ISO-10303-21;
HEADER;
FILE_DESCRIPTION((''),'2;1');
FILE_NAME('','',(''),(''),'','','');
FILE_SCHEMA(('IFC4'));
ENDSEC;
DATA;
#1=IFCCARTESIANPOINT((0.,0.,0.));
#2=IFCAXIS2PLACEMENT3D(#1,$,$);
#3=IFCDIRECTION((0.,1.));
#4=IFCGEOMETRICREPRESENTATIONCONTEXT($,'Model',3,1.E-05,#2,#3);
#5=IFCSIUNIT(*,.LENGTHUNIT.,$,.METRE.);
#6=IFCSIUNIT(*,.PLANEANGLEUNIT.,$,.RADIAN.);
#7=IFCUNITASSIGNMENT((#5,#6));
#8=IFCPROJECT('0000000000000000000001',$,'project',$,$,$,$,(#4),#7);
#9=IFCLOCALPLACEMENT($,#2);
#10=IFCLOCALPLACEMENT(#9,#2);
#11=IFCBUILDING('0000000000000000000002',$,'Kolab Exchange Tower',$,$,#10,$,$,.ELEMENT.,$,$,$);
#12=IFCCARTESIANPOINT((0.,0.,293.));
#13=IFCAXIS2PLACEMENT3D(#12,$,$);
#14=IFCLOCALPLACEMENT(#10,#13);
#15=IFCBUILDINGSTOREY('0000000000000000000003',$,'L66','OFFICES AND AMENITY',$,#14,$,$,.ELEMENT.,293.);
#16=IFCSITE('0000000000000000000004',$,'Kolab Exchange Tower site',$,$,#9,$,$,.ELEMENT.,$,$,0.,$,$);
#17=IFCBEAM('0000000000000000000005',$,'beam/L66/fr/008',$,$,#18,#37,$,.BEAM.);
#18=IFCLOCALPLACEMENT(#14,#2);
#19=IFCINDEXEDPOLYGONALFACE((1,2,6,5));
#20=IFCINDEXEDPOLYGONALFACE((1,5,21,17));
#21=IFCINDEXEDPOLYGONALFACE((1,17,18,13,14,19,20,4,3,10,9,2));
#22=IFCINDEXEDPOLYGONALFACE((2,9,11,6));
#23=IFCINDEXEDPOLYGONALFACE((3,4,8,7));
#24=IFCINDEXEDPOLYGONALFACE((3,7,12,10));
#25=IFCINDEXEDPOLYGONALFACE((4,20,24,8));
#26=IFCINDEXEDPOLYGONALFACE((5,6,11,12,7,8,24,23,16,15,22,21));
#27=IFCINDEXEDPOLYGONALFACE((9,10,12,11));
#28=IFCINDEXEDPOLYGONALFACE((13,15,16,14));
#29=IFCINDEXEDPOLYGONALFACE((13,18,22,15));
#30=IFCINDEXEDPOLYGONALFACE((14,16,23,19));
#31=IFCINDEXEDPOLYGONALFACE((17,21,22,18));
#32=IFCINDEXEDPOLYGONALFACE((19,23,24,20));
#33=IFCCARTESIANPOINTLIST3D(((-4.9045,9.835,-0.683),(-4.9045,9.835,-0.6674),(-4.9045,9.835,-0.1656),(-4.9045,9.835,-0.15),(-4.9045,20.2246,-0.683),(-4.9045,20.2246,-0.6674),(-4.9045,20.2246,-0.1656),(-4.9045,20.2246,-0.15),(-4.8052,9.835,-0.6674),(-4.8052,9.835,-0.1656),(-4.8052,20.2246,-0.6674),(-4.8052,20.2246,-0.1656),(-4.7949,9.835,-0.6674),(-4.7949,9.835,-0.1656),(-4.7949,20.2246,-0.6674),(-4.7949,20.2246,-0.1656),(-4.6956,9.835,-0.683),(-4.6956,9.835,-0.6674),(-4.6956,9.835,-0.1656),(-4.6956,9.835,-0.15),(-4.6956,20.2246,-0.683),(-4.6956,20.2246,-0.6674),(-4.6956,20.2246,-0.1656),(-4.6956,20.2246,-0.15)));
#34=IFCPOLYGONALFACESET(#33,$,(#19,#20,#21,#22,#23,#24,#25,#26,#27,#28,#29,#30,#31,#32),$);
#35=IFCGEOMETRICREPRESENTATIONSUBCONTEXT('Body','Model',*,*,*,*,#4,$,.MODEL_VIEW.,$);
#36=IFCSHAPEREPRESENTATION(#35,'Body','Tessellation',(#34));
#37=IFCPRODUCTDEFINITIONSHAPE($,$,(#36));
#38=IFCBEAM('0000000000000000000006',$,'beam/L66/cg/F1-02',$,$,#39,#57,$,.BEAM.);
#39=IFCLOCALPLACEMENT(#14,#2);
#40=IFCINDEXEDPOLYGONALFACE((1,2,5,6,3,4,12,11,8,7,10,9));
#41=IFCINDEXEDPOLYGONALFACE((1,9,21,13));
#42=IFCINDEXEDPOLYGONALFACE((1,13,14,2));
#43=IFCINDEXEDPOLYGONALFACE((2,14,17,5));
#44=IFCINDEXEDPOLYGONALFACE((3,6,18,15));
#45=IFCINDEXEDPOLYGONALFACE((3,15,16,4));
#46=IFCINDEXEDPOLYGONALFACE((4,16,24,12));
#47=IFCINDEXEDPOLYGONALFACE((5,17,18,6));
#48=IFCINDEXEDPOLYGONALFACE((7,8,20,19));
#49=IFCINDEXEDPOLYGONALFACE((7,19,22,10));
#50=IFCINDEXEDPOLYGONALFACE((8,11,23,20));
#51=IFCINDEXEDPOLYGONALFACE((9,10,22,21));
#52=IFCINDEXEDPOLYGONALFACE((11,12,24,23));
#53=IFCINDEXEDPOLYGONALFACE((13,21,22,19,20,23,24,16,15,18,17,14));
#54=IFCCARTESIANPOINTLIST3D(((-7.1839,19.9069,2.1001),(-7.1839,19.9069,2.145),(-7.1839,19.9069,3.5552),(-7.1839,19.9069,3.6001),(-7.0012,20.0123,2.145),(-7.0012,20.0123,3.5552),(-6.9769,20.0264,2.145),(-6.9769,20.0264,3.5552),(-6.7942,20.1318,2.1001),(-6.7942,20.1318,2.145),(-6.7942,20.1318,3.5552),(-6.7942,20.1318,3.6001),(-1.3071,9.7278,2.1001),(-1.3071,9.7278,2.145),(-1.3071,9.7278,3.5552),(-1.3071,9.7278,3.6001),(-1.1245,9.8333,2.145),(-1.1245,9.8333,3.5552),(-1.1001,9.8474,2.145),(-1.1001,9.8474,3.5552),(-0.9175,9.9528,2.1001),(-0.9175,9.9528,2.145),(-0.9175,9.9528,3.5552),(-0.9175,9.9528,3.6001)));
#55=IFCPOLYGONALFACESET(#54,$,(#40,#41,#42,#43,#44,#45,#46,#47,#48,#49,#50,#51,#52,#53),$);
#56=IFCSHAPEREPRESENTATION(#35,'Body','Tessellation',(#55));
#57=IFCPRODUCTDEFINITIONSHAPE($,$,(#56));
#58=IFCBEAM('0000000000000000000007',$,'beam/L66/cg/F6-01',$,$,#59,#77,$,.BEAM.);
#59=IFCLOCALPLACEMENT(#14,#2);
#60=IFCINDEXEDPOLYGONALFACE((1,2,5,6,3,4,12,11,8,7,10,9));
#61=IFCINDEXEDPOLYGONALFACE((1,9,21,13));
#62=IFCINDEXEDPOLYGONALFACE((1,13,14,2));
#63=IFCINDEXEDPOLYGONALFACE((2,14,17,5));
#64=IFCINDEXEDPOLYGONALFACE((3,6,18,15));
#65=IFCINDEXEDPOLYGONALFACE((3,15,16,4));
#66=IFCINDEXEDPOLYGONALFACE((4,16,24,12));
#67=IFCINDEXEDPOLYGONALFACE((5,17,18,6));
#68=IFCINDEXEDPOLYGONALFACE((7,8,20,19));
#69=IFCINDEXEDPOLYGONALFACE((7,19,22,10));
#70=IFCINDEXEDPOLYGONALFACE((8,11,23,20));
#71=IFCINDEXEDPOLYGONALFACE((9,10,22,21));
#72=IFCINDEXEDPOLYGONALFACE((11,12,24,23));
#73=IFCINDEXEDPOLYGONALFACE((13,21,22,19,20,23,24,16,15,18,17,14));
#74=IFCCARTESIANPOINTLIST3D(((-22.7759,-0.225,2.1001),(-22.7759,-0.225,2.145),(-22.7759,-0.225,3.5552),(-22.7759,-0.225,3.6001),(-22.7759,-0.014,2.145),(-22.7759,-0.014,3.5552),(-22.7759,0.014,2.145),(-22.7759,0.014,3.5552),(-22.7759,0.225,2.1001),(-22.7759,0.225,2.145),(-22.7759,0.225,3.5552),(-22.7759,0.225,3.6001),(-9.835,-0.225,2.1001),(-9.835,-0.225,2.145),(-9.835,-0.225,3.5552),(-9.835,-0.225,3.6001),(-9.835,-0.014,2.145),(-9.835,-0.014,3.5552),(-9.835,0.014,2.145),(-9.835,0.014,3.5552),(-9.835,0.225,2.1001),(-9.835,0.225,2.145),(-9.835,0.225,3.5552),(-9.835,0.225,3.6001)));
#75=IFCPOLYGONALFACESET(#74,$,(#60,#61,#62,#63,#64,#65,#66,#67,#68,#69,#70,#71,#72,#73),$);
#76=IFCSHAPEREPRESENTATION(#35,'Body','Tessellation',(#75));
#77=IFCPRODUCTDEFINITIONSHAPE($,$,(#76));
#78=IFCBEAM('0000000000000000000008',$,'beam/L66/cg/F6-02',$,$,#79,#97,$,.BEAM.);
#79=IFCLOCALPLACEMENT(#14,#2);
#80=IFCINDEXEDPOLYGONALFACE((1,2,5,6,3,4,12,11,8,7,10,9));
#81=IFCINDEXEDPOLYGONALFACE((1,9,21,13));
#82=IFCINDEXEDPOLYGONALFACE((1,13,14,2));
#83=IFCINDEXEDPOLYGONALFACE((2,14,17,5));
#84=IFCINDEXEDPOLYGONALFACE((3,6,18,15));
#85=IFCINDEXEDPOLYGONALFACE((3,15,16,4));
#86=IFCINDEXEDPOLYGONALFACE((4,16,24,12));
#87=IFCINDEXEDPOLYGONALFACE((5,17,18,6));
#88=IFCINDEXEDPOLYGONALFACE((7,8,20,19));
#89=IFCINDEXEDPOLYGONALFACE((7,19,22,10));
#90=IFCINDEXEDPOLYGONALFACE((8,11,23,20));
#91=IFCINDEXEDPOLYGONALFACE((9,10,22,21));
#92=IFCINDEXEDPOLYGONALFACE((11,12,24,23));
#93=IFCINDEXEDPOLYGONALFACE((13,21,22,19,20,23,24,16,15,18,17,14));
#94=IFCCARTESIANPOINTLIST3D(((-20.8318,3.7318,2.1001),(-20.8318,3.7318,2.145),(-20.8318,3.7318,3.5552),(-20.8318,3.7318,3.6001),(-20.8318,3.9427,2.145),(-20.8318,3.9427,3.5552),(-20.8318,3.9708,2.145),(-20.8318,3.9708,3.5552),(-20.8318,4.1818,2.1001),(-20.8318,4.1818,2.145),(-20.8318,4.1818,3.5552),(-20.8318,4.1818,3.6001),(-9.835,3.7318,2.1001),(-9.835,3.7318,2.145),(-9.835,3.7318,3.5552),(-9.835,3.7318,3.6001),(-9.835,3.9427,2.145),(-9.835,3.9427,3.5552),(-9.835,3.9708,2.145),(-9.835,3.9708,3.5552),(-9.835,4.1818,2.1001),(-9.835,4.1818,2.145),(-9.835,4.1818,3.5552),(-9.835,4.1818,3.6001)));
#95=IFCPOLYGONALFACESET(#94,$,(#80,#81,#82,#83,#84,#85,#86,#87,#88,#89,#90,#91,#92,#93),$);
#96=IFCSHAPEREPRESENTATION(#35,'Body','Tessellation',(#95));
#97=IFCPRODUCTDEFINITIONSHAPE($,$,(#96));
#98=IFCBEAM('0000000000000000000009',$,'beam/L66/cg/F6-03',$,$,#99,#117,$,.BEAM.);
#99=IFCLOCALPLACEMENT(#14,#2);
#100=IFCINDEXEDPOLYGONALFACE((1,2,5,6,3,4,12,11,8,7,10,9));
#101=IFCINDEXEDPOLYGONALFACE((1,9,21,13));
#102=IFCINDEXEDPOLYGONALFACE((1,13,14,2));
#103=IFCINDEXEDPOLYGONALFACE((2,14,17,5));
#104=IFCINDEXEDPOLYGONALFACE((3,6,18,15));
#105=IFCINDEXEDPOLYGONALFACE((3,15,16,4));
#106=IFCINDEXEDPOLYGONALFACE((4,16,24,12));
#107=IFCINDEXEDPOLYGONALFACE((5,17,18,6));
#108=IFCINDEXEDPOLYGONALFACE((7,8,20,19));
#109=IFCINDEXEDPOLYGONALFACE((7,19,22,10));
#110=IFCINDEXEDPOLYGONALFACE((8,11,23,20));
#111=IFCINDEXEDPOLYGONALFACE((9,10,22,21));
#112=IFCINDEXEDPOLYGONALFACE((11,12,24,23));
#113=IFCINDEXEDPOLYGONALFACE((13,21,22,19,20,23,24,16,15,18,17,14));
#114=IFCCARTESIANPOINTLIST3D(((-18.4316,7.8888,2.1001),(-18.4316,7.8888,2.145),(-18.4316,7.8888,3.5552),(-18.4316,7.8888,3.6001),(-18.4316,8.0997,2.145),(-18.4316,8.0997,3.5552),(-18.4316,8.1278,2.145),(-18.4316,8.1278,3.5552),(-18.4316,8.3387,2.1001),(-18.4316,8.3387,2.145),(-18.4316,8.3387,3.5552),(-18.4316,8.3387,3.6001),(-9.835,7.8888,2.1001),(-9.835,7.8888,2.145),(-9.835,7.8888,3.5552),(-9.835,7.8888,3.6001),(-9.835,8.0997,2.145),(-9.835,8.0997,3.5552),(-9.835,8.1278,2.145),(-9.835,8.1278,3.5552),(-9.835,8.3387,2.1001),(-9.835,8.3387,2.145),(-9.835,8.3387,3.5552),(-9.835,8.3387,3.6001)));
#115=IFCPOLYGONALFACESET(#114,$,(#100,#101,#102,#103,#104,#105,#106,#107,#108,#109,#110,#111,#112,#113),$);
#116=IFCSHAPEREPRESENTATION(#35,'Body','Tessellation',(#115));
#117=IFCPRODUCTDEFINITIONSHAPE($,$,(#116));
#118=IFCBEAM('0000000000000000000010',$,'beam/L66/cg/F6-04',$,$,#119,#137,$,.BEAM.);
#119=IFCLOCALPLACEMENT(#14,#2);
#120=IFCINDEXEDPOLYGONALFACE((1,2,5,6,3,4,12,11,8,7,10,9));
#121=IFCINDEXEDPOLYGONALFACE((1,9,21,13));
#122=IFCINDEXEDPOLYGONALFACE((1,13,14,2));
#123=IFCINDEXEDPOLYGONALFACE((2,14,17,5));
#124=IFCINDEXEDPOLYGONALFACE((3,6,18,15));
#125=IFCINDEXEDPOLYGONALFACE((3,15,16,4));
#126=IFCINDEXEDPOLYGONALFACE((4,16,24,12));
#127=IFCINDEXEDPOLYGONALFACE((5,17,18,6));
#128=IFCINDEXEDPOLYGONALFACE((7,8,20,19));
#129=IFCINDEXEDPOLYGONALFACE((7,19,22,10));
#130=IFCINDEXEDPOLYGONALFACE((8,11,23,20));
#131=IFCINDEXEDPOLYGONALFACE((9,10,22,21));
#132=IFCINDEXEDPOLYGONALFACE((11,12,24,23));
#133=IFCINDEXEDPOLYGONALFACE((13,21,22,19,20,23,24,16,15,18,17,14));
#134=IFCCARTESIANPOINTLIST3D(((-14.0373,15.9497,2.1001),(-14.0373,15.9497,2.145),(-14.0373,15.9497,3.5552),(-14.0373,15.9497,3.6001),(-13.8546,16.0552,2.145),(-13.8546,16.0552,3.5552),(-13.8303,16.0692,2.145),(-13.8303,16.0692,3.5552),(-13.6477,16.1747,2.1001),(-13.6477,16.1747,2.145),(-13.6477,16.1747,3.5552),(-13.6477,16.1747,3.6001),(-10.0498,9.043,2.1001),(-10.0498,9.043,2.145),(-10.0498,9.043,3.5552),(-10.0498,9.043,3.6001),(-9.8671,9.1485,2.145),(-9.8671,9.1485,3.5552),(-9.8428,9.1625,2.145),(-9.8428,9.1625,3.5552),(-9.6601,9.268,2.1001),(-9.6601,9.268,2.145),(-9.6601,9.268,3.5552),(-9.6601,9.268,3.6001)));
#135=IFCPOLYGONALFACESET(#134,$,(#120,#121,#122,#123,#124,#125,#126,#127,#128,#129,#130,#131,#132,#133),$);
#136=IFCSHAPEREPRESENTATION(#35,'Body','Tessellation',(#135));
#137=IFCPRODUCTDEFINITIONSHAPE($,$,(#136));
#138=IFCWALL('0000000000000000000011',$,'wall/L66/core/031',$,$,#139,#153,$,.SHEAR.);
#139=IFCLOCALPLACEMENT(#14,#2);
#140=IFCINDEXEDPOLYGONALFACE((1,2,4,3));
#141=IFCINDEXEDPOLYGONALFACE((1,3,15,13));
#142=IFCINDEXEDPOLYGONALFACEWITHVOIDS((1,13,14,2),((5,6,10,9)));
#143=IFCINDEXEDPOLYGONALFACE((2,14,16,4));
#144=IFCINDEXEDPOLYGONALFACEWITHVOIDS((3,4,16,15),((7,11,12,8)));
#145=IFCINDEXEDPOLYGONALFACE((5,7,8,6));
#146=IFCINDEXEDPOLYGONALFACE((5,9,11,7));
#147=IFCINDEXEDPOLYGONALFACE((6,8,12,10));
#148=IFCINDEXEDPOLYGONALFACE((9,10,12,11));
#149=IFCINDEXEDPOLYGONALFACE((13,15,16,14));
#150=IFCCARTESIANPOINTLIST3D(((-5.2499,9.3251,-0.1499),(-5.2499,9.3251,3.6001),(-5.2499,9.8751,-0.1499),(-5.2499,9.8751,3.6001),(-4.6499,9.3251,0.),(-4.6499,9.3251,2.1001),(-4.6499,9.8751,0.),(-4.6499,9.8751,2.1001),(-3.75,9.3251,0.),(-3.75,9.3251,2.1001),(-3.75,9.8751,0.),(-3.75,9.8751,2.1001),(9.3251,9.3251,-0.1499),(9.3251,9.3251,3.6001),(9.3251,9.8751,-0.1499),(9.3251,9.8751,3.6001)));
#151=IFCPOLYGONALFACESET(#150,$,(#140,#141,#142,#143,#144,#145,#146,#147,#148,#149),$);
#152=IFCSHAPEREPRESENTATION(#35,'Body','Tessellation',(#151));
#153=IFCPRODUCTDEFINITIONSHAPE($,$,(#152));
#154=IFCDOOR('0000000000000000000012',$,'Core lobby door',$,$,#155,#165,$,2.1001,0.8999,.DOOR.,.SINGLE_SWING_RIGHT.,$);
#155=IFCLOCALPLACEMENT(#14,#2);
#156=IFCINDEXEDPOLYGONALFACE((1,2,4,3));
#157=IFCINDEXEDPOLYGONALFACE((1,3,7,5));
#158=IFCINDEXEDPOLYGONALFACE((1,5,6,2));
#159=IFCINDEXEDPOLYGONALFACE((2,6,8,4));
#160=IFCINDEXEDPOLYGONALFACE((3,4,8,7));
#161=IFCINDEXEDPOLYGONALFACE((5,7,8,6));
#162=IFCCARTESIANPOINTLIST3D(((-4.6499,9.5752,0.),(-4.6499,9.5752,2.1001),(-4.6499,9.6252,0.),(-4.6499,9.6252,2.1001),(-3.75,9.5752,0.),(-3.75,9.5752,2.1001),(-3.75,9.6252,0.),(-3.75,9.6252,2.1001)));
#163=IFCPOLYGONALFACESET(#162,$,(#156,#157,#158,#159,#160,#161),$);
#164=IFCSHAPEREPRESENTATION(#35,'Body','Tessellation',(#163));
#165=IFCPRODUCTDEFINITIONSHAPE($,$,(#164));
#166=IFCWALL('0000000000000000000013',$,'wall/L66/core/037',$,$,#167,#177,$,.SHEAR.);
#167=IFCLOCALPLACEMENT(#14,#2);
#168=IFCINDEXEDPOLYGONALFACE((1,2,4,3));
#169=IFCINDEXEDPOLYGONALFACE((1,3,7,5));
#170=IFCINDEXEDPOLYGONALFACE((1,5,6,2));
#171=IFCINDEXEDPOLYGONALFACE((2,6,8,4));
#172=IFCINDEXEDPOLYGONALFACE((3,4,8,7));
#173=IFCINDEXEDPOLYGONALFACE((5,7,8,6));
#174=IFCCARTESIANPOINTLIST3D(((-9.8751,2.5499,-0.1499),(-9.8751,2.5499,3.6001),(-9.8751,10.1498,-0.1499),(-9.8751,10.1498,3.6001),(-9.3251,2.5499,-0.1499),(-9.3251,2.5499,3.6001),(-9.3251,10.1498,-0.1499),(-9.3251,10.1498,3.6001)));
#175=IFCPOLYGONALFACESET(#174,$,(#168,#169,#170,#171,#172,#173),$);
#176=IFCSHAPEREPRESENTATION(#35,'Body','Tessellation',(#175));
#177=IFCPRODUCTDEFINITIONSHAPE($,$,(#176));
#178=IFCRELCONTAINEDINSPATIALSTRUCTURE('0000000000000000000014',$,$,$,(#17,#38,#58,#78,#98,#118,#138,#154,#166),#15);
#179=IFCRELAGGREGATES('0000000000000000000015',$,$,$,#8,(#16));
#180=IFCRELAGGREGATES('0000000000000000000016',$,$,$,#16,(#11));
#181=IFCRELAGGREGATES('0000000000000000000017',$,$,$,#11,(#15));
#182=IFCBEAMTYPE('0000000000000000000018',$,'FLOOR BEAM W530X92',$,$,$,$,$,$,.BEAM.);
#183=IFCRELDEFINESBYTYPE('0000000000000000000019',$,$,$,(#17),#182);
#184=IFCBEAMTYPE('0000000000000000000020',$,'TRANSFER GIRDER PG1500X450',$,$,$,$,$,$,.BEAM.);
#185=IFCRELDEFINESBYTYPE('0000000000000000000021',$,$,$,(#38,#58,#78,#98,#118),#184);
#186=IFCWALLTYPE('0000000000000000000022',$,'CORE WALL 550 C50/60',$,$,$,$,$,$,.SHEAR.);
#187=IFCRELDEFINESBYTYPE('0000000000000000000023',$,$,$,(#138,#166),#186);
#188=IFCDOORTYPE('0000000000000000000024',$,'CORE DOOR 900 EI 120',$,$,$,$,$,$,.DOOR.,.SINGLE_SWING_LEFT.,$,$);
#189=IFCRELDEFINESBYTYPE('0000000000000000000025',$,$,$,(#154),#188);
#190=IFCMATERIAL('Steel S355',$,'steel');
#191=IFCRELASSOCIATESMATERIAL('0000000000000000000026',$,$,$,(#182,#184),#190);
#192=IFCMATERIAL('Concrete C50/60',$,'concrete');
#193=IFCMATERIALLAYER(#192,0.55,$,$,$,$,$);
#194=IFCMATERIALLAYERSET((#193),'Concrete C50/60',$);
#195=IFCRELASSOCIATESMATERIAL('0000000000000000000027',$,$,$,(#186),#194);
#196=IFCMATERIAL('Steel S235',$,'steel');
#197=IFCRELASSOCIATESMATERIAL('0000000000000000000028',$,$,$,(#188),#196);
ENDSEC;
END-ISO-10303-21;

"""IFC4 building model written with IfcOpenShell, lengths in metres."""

from ifc_helpers import new_model, si_unit, direction, frame, frame_2d, origin, origin_2d, place, context, subcontext, project, spatial, rectangle, i_section, extrude, material, layer, layer_set, material_profile, profile_set, type_object, element, fill, save


model = new_model("IFC4")

# Units and contexts
model_context = context("Model", 3, precision=1e-05, world=origin(), true_north=direction((0.0, 1.0)))
body_context = subcontext(model_context, "Body", "Model", "MODEL_VIEW")
ifc_project = project(units=[si_unit("LENGTHUNIT", "METRE"), si_unit("PLANEANGLEUNIT", "RADIAN")], contexts=[model_context])

# Site, building, storey
site_placement = place(None, origin())
site = spatial("IfcSite", under=ifc_project, at=site_placement, Name="Kolab Exchange Tower site", CompositionType="ELEMENT", RefElevation=0.0)
building_placement = place(site_placement, origin())
building = spatial("IfcBuilding", under=site, at=building_placement, Name="Kolab Exchange Tower", CompositionType="ELEMENT")
storey_placement = place(building_placement, frame((0.0, 0.0, 293.0)))
storey = spatial("IfcBuildingStorey", under=building, at=storey_placement, Name="L66", Description="OFFICES AND AMENITY", CompositionType="ELEMENT", Elevation=293.0)

# Beams
ifc_material_1 = material(Name="Steel S355", Category="steel")
ifc_material_profile_1 = material_profile(ifc_material_1, i_section(OverallWidth=0.209, OverallDepth=0.533, WebThickness=0.0103, FlangeThickness=0.0156, at=origin_2d()), Name="W530X92")
ifc_profile_set_1 = profile_set([ifc_material_profile_1], Name="Steel S355")
beam_type_1 = type_object("IfcBeamType", Name="FLOOR BEAM W530X92", PredefinedType="BEAM", material=ifc_profile_set_1)
beam_1_placement = place(storey_placement, frame((-4.8, 9.835, -0.4165), z_axis=(0.0, 1.0, 0.0), x_axis=(-1.0, 0.0, 0.0)))
element("IfcBeam", 1, at=beam_1_placement, inside=storey, type_object=beam_type_1, Name="beam/L66/fr/008", PredefinedType="BEAM", context=body_context, shape_type="SweptSolid", body=[
    extrude(i_section(OverallWidth=0.209, OverallDepth=0.533, WebThickness=0.0103, FlangeThickness=0.0156, at=origin_2d()), origin(), (0.0, 0.0, 1.0), 10.3896),
])
ifc_material_profile_2 = material_profile(ifc_material_1, i_section(OverallWidth=0.45, OverallDepth=1.5, WebThickness=0.0281, FlangeThickness=0.0449, at=origin_2d()), Name="PG1500X450")
ifc_profile_set_2 = profile_set([ifc_material_profile_2], Name="Steel S355")
beam_type_2 = type_object("IfcBeamType", Name="TRANSFER GIRDER PG1500X450", PredefinedType="BEAM", material=ifc_profile_set_2)
beam_2_placement = place(storey_placement, frame((-1.1123, 9.8403, 2.8501), z_axis=(-0.499993, 0.86603, 0.0), x_axis=(-0.86603, -0.499993, 0.0)))
element("IfcBeam", 2, at=beam_2_placement, inside=storey, type_object=beam_type_2, Name="beam/L66/cg/F1-02", PredefinedType="BEAM", context=body_context, shape_type="SweptSolid", body=[
    extrude(i_section(OverallWidth=0.45, OverallDepth=1.5, WebThickness=0.0281, FlangeThickness=0.0449, at=origin_2d()), origin(), (0.0, 0.0, 1.0), 11.7537),
])
beam_3_placement = place(storey_placement, frame((-9.835, 0.0, 2.8501), z_axis=(-1.0, 0.0, 0.0), x_axis=(0.0, -1.0, 0.0)))
element("IfcBeam", 3, at=beam_3_placement, inside=storey, type_object=beam_type_2, Name="beam/L66/cg/F6-01", PredefinedType="BEAM", context=body_context, shape_type="SweptSolid", body=[
    extrude(i_section(OverallWidth=0.45, OverallDepth=1.5, WebThickness=0.0281, FlangeThickness=0.0449, at=origin_2d()), origin(), (0.0, 0.0, 1.0), 12.9409),
])
beam_4_placement = place(storey_placement, frame((-9.835, 3.9568, 2.8501), z_axis=(-1.0, 0.0, 0.0), x_axis=(0.0, -1.0, 0.0)))
element("IfcBeam", 4, at=beam_4_placement, inside=storey, type_object=beam_type_2, Name="beam/L66/cg/F6-02", PredefinedType="BEAM", context=body_context, shape_type="SweptSolid", body=[
    extrude(i_section(OverallWidth=0.45, OverallDepth=1.5, WebThickness=0.0281, FlangeThickness=0.0449, at=origin_2d()), origin(), (0.0, 0.0, 1.0), 10.9968),
])
beam_5_placement = place(storey_placement, frame((-9.835, 8.1138, 2.8501), z_axis=(-1.0, 0.0, 0.0), x_axis=(0.0, -1.0, 0.0)))
element("IfcBeam", 5, at=beam_5_placement, inside=storey, type_object=beam_type_2, Name="beam/L66/cg/F6-03", PredefinedType="BEAM", context=body_context, shape_type="SweptSolid", body=[
    extrude(i_section(OverallWidth=0.45, OverallDepth=1.5, WebThickness=0.0281, FlangeThickness=0.0449, at=origin_2d()), origin(), (0.0, 0.0, 1.0), 8.5967),
])
beam_6_placement = place(storey_placement, frame((-9.855, 9.1555, 2.8501), z_axis=(-0.499995, 0.866029, 0.0), x_axis=(-0.866029, -0.499995, 0.0)))
element("IfcBeam", 6, at=beam_6_placement, inside=storey, type_object=beam_type_2, Name="beam/L66/cg/F6-04", PredefinedType="BEAM", context=body_context, shape_type="SweptSolid", body=[
    extrude(i_section(OverallWidth=0.45, OverallDepth=1.5, WebThickness=0.0281, FlangeThickness=0.0449, at=origin_2d()), origin(), (0.0, 0.0, 1.0), 7.9751),
])

# Wall, opening, door
ifc_material_2 = material(Name="Concrete C50/60", Category="concrete")
ifc_layer_1 = layer(ifc_material_2, 0.55)
ifc_layer_set_1 = layer_set([ifc_layer_1], Name="Concrete C50/60")
wall_type_1 = type_object("IfcWallType", Name="CORE WALL 550 C50/60", PredefinedType="SHEAR", material=ifc_layer_set_1)
wall_1_placement = place(storey_placement, frame((-5.25, 9.6001, -0.1499), z_axis=(0.0, 0.0, 1.0), x_axis=(1.0, 0.0, 0.0)))
wall_1 = element("IfcWall", 7, at=wall_1_placement, inside=storey, type_object=wall_type_1, Name="wall/L66/core/031", PredefinedType="SHEAR", context=body_context, shape_type="SweptSolid", body=[
    extrude(rectangle(XDim=14.575, YDim=0.55, at=frame_2d((7.2876, 0.0))), origin(), (0.0, 0.0, 1.0), 3.75),
])
opening_1_placement = place(wall_1_placement, frame((0.6001, 0.0, 0.1499)))
opening_1 = element("IfcOpeningElement", 8, at=opening_1_placement, cuts=wall_1, PredefinedType="OPENING", context=body_context, shape_type="SweptSolid", body=[
    extrude(rectangle(XDim=0.8999, YDim=2.1001, at=frame_2d((0.45, 1.05))), frame((0.0, 0.2852, 0.0), z_axis=(0.0, -1.0, 0.0), x_axis=(1.0, 0.0, 0.0)), (0.0, 0.0, 1.0), 0.5701),
])
ifc_material_3 = material(Name="Steel S235", Category="steel")
door_type_1 = type_object("IfcDoorType", Name="CORE DOOR 900 EI 120", OperationType="SINGLE_SWING_LEFT", PredefinedType="DOOR", material=ifc_material_3)
door_1_placement = place(opening_1_placement, frame((0.8999, 0.0, 0.0), z_axis=(0.0, 0.0, 1.0), x_axis=(-1.0, 0.0, 0.0)))
door_1 = element("IfcDoor", 9, at=door_1_placement, inside=storey, type_object=door_type_1, Name="Core lobby door", OperationType="SINGLE_SWING_RIGHT", OverallHeight=2.1001, OverallWidth=0.8999, PredefinedType="DOOR", context=body_context, shape_type="SweptSolid", body=[
    extrude(rectangle(XDim=0.8999, YDim=2.1001, at=frame_2d((0.45, 1.05))), frame((0.0, 0.0249, 0.0), z_axis=(0.0, -1.0, 0.0), x_axis=(1.0, 0.0, 0.0)), (0.0, 0.0, 1.0), 0.05),
])
fill(opening_1, door_1)

# Wall
wall_2_placement = place(storey_placement, frame((-9.6001, 2.55, -0.1499), z_axis=(0.0, 0.0, 1.0), x_axis=(0.0, 1.0, 0.0)))
element("IfcWall", 10, at=wall_2_placement, inside=storey, type_object=wall_type_1, Name="wall/L66/core/037", PredefinedType="SHEAR", context=body_context, shape_type="SweptSolid", body=[
    extrude(rectangle(XDim=7.5999, YDim=0.55, at=frame_2d((3.7998, 0.0))), origin(), (0.0, 0.0, 1.0), 3.75),
])

save(model, "model.ifc")
